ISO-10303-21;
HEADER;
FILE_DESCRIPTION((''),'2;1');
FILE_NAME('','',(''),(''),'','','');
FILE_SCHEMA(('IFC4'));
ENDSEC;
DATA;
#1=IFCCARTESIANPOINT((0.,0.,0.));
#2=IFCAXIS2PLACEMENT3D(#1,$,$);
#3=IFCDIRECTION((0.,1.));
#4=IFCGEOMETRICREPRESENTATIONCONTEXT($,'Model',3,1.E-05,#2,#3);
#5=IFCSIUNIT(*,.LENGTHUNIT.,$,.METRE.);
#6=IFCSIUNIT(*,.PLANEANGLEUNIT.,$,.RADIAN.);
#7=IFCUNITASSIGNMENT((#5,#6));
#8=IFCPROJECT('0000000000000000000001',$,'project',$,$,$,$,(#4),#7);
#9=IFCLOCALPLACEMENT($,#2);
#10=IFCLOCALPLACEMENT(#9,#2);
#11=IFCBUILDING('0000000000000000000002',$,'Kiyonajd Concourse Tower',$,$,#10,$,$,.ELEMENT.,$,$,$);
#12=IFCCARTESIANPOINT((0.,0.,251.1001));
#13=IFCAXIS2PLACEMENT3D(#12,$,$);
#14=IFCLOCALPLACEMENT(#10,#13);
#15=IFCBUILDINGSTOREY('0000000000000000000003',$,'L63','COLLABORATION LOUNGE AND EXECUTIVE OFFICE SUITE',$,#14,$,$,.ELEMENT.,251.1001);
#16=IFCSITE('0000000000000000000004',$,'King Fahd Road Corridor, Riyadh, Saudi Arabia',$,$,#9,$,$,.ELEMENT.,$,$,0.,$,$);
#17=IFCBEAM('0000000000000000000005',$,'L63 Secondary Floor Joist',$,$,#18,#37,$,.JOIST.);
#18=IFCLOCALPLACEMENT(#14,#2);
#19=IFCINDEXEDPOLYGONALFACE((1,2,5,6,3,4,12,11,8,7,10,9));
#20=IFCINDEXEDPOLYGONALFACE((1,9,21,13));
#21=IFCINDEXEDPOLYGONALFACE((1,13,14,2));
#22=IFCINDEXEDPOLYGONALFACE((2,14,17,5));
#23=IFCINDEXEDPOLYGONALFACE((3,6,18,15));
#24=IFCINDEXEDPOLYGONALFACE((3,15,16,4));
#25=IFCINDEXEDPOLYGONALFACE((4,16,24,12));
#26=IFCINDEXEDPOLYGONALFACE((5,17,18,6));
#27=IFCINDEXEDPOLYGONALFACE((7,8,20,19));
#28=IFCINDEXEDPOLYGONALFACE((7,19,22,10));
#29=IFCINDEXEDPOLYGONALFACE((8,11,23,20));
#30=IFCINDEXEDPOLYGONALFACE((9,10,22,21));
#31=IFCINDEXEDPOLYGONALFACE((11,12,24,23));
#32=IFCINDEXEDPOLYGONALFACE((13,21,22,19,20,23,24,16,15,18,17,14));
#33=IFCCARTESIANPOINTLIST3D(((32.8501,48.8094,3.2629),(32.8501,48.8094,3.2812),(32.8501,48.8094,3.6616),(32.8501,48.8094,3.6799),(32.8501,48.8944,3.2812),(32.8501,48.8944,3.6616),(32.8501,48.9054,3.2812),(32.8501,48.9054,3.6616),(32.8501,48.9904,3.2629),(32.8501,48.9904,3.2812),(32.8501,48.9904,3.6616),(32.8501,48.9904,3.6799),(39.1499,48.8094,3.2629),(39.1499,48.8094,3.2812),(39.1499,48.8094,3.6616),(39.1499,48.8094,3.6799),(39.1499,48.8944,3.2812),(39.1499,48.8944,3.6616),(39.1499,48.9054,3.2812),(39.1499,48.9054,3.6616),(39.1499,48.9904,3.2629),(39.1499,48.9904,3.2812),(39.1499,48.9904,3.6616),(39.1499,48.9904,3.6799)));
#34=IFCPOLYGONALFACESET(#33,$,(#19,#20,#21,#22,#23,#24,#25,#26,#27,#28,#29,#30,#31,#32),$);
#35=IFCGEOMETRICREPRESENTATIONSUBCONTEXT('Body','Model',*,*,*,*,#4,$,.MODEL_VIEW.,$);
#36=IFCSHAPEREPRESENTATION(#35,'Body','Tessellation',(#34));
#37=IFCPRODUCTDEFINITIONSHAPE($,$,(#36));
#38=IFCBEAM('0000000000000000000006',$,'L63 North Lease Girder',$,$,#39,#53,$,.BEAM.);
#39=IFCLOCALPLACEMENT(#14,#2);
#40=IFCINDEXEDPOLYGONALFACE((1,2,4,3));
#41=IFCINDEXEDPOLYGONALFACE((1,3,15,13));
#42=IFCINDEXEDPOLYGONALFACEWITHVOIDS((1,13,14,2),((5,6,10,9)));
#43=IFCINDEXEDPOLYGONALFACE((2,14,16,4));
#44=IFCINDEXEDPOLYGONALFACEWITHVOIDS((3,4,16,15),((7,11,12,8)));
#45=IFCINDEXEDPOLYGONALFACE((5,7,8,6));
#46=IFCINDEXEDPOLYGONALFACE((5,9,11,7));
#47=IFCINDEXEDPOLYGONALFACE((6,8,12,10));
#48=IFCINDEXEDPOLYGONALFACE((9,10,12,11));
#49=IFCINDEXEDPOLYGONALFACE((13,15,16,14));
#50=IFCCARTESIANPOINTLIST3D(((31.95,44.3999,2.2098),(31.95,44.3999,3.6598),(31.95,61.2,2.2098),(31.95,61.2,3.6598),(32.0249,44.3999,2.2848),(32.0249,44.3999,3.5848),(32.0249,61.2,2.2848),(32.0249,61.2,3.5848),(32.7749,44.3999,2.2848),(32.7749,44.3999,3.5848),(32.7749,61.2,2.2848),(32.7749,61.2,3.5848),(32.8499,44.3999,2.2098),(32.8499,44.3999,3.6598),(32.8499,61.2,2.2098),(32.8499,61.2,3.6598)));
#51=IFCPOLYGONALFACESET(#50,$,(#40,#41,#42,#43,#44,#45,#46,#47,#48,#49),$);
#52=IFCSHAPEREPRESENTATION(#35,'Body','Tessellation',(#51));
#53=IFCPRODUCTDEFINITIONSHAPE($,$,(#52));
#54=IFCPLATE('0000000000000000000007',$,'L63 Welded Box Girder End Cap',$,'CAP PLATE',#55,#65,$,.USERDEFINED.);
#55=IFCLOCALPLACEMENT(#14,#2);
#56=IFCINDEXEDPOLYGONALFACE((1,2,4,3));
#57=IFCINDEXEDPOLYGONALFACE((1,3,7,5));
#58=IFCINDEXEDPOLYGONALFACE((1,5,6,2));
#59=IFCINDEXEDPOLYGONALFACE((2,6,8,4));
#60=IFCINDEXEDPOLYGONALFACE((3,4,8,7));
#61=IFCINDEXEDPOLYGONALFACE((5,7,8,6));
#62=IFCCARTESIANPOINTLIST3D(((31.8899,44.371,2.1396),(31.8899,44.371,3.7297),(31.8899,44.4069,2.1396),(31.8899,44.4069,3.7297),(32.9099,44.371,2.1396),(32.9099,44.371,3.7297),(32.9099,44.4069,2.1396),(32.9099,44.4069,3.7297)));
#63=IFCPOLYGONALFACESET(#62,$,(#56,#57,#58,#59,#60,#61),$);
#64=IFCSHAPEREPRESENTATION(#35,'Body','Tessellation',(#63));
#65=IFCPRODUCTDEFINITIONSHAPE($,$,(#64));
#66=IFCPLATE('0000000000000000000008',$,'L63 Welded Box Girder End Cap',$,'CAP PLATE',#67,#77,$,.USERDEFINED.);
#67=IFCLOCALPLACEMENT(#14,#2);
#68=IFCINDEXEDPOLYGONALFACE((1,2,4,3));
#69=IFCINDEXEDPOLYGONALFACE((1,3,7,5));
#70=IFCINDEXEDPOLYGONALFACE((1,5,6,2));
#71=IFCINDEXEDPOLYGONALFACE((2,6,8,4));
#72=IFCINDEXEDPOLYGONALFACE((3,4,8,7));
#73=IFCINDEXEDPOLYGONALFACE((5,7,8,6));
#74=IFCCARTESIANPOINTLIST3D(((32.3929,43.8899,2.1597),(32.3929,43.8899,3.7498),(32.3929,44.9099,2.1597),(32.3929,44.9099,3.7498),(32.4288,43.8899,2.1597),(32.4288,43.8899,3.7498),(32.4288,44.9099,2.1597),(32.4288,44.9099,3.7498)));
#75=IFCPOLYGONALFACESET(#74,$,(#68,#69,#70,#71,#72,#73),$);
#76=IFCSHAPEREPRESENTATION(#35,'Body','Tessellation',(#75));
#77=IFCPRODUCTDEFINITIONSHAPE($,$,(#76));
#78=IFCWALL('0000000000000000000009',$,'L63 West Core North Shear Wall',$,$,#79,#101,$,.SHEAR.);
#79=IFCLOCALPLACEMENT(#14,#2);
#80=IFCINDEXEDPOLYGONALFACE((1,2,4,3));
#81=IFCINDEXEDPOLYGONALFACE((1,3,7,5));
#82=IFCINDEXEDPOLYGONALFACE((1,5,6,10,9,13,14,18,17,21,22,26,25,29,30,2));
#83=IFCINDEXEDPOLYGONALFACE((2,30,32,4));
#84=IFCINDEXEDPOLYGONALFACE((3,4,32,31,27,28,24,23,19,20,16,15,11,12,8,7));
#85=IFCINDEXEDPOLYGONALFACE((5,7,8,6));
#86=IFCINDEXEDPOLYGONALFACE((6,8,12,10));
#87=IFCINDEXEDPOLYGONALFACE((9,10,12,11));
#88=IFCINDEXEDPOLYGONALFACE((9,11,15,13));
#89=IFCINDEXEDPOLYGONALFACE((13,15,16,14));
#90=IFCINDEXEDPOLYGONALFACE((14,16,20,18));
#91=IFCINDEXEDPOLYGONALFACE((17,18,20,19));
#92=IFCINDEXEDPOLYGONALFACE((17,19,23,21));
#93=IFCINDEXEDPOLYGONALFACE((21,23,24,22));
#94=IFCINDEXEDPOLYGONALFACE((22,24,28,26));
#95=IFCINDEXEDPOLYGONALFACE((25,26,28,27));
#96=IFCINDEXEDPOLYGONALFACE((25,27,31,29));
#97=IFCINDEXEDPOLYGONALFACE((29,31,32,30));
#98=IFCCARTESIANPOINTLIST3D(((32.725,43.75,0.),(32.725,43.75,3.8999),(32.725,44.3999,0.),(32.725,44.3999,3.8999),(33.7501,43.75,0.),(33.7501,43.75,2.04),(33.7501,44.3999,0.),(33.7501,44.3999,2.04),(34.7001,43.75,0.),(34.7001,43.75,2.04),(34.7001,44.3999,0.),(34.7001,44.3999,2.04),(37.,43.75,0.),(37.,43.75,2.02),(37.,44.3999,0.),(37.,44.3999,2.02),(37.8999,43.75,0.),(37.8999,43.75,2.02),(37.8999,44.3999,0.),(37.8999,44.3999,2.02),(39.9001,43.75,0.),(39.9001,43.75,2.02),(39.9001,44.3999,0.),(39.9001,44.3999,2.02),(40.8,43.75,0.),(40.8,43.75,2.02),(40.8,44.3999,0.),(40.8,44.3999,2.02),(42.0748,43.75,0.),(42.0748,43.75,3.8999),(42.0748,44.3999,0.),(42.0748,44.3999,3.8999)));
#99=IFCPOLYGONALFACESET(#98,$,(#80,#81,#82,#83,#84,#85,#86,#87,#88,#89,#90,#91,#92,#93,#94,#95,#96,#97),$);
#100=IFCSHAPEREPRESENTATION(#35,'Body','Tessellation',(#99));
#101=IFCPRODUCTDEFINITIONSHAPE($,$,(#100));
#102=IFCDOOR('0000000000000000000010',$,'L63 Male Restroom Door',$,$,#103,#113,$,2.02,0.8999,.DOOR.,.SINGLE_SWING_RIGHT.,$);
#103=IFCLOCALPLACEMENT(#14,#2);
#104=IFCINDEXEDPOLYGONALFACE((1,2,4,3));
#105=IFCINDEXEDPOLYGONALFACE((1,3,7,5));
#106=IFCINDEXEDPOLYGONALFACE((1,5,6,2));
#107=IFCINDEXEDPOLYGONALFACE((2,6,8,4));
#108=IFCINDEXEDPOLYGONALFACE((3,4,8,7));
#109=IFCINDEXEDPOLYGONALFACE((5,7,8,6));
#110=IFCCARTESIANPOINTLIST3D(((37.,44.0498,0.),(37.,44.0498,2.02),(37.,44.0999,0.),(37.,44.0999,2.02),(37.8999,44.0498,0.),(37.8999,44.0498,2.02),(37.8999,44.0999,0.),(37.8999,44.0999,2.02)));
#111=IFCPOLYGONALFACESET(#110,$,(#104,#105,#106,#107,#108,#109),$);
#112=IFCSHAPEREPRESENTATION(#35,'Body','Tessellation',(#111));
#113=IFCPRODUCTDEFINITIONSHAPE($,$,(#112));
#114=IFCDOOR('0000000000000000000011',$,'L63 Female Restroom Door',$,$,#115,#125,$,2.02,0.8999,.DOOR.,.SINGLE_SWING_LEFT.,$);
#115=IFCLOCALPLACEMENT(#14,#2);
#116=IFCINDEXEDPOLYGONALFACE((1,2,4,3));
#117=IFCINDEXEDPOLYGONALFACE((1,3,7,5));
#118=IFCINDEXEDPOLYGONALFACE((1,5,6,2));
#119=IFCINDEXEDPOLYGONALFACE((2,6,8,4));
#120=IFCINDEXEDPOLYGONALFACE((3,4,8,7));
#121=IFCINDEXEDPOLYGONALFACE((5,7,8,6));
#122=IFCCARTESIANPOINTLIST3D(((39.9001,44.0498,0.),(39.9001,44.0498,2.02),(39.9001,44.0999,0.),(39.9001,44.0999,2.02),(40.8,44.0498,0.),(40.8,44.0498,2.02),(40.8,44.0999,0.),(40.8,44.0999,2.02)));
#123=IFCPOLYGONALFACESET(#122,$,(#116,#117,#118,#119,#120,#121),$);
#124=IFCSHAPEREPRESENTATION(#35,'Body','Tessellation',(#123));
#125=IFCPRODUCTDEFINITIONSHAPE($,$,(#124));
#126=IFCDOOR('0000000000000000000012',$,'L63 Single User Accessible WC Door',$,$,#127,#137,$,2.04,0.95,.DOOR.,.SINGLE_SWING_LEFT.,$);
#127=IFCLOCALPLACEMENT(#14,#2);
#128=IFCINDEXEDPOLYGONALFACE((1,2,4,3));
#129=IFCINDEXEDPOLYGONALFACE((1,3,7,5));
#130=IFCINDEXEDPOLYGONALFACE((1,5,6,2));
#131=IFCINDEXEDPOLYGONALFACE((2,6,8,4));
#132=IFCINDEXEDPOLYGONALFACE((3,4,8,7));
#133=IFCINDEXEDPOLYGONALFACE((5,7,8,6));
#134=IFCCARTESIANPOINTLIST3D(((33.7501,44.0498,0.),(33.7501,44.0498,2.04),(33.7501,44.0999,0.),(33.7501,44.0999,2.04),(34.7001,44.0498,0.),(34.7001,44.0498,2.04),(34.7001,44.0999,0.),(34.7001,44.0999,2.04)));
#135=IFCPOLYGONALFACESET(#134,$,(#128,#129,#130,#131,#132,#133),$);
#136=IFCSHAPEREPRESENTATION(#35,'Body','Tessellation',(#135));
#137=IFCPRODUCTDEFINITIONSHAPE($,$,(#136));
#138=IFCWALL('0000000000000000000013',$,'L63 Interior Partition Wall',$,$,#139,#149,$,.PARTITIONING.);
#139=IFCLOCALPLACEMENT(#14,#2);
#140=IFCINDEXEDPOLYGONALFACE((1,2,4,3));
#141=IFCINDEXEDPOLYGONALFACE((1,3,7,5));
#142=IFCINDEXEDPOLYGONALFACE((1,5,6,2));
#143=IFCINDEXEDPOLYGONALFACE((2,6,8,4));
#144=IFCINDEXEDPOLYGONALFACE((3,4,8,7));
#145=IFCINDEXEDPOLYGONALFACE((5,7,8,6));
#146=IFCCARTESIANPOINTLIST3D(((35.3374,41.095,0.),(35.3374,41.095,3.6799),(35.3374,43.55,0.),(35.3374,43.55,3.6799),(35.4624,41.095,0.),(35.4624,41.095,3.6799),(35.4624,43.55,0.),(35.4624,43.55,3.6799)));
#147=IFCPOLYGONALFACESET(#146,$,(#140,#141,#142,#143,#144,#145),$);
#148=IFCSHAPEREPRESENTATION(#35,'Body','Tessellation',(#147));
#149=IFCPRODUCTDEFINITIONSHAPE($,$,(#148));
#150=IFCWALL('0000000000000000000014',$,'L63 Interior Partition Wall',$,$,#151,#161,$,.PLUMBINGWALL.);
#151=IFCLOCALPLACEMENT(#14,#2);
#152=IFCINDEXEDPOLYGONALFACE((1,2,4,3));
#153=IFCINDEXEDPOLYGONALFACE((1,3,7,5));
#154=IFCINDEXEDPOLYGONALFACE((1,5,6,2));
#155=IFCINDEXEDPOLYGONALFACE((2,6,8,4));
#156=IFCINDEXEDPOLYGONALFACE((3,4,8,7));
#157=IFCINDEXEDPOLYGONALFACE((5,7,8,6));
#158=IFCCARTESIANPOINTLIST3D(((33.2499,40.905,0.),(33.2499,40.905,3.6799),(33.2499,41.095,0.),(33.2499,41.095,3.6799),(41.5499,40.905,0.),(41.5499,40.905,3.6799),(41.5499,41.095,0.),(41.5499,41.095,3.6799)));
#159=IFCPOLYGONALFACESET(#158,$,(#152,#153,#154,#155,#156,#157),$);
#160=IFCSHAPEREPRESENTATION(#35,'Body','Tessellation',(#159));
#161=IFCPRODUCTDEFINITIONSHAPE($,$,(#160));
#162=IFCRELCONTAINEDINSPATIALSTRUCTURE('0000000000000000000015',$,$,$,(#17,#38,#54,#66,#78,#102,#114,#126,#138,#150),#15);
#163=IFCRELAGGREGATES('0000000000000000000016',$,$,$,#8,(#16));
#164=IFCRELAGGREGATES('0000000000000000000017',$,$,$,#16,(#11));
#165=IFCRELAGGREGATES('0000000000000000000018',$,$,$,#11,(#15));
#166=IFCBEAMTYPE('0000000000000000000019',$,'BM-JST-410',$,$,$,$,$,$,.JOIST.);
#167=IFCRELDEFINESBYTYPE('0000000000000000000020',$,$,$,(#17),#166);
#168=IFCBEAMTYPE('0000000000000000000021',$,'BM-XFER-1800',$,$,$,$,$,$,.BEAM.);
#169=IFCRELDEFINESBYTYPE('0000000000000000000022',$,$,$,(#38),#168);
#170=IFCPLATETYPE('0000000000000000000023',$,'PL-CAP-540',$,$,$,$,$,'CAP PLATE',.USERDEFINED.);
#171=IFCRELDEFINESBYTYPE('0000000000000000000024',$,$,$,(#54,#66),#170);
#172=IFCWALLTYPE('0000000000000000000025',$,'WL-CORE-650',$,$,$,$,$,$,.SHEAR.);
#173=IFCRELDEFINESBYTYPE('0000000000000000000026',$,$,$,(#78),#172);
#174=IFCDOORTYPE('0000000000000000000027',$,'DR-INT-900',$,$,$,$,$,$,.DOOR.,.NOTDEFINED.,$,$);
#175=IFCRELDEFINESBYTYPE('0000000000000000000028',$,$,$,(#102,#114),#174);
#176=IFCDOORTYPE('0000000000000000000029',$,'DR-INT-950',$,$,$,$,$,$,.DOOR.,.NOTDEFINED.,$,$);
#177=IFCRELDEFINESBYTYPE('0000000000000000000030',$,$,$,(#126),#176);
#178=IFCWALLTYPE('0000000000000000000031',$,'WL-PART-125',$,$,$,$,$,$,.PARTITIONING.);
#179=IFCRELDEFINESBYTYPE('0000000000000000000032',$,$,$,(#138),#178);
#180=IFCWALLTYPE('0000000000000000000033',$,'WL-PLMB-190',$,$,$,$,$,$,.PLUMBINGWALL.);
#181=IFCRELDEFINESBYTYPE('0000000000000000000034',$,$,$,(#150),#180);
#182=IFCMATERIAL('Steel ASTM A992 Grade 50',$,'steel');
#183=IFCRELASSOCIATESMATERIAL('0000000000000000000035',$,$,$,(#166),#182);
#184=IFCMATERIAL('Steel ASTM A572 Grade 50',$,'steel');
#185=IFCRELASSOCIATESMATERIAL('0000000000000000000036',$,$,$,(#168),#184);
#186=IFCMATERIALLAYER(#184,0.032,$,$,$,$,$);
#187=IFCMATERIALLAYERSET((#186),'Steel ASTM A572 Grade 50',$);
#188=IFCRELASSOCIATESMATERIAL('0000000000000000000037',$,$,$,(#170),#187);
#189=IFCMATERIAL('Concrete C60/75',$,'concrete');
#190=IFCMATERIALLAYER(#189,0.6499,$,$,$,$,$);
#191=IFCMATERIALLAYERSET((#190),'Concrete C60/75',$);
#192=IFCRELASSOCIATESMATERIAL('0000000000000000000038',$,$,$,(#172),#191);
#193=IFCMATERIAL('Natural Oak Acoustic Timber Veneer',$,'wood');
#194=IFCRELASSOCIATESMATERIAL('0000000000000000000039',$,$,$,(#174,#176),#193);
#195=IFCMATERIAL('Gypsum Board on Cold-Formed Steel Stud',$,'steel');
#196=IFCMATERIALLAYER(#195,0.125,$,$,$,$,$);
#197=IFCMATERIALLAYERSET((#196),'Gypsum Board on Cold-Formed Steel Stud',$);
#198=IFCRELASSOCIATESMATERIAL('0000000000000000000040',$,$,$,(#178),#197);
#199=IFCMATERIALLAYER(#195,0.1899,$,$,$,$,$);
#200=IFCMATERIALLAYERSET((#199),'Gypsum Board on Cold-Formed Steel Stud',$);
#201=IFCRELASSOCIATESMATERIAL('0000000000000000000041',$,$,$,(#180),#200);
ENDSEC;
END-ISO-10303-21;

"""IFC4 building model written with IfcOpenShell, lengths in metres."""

from ifc_helpers import new_model, si_unit, direction, frame, frame_2d, origin, origin_2d, place, context, subcontext, project, spatial, rectangle, hollow_rectangle, i_section, extrude, material, layer, layer_set, material_profile, profile_set, type_object, element, fill, save


model = new_model("IFC4")

# Units and contexts
model_context = context("Model", 3, precision=1e-05, world=origin(), true_north=direction((0.0, 1.0)))
body_context = subcontext(model_context, "Body", "Model", "MODEL_VIEW")
ifc_project = project(units=[si_unit("LENGTHUNIT", "METRE"), si_unit("PLANEANGLEUNIT", "RADIAN")], contexts=[model_context])

# Site, building, storey
site_placement = place(None, origin())
site = spatial("IfcSite", under=ifc_project, at=site_placement, Name="King Fahd Road Corridor, Riyadh, Saudi Arabia", CompositionType="ELEMENT", RefElevation=0.0)
building_placement = place(site_placement, origin())
building = spatial("IfcBuilding", under=site, at=building_placement, Name="Kiyonajd Concourse Tower", CompositionType="ELEMENT")
storey_placement = place(building_placement, frame((0.0, 0.0, 251.1001)))
storey = spatial("IfcBuildingStorey", under=building, at=storey_placement, Name="L63", Description="COLLABORATION LOUNGE AND EXECUTIVE OFFICE SUITE", CompositionType="ELEMENT", Elevation=251.1001)

# Beams
ifc_material_1 = material(Name="Steel ASTM A992 Grade 50", Category="steel")
ifc_material_profile_1 = material_profile(ifc_material_1, i_section(OverallWidth=0.1809, OverallDepth=0.417, WebThickness=0.011, FlangeThickness=0.0183, at=origin_2d()), Name="W410X85")
ifc_profile_set_1 = profile_set([ifc_material_profile_1], Name="Steel ASTM A992 Grade 50")
beam_type_1 = type_object("IfcBeamType", Name="BM-JST-410", PredefinedType="JOIST", material=ifc_profile_set_1)
beam_1_placement = place(storey_placement, frame((32.8501, 48.8999, 3.4714), z_axis=(1.0, 0.0, 0.0), x_axis=(0.0, 1.0, 0.0)))
element("IfcBeam", 1, at=beam_1_placement, inside=storey, type_object=beam_type_1, Name="L63 Secondary Floor Joist", PredefinedType="JOIST", context=body_context, shape_type="SweptSolid", body=[
    extrude(i_section(OverallWidth=0.1809, OverallDepth=0.417, WebThickness=0.011, FlangeThickness=0.0183, at=origin_2d()), origin(), (0.0, 0.0, 1.0), 6.2998),
])
ifc_material_2 = material(Name="Steel ASTM A572 Grade 50", Category="steel")
ifc_material_profile_2 = material_profile(ifc_material_2, hollow_rectangle(XDim=0.8999, YDim=1.45, WallThickness=0.075, at=origin_2d()), Name="BOX-1450x900x75")
ifc_profile_set_2 = profile_set([ifc_material_profile_2], Name="Steel ASTM A572 Grade 50")
beam_type_2 = type_object("IfcBeamType", Name="BM-XFER-1800", PredefinedType="BEAM", material=ifc_profile_set_2)
beam_2_placement = place(storey_placement, frame((32.3999, 44.3999, 2.9348), z_axis=(0.0, 1.0, 0.0), x_axis=(-1.0, 0.0, 0.0)))
element("IfcBeam", 2, at=beam_2_placement, inside=storey, type_object=beam_type_2, Name="L63 North Lease Girder", PredefinedType="BEAM", context=body_context, shape_type="SweptSolid", body=[
    extrude(hollow_rectangle(XDim=0.8999, YDim=1.45, WallThickness=0.075, at=origin_2d()), origin(), (0.0, 0.0, 1.0), 16.8),
])

# Plates
ifc_layer_1 = layer(ifc_material_2, 0.032)
ifc_layer_set_1 = layer_set([ifc_layer_1], Name="Steel ASTM A572 Grade 50")
plate_type = type_object("IfcPlateType", Name="PL-CAP-540", ElementType="CAP PLATE", PredefinedType="USERDEFINED", material=ifc_layer_set_1)
for number, where, z_axis, x_axis, name in (
    (3, (32.3999, 44.3889, 2.1396), (0.0, 0.0, 1.0), (0.0, -1.0, 0.0), "L63 Welded Box Girder End Cap"),
    (4, (32.4109, 44.3999, 2.1597), (0.0, 0.0, 1.0), (1.0, 0.0, 0.0), "L63 Welded Box Girder End Cap"),
):
    element("IfcPlate", number, at=place(storey_placement, frame(where, z_axis=z_axis, x_axis=x_axis)), inside=storey, type_object=plate_type, Name=name, ObjectType="CAP PLATE", PredefinedType="USERDEFINED", context=body_context, shape_type="SweptSolid", body=[
        extrude(rectangle(XDim=0.0359, YDim=1.02, at=origin_2d()), origin(), (0.0, 0.0, 1.0), 1.5901),
    ])

# Wall, openings, doors
ifc_material_3 = material(Name="Concrete C60/75", Category="concrete")
ifc_layer_2 = layer(ifc_material_3, 0.6499)
ifc_layer_set_2 = layer_set([ifc_layer_2], Name="Concrete C60/75")
wall_type_1 = type_object("IfcWallType", Name="WL-CORE-650", PredefinedType="SHEAR", material=ifc_layer_set_2)
wall_1_placement = place(storey_placement, frame((32.7251, 44.075, 0.0), z_axis=(0.0, 0.0, 1.0), x_axis=(1.0, 0.0, 0.0)))
wall_1 = element("IfcWall", 5, at=wall_1_placement, inside=storey, type_object=wall_type_1, Name="L63 West Core North Shear Wall", PredefinedType="SHEAR", context=body_context, shape_type="SweptSolid", body=[
    extrude(rectangle(XDim=9.3499, YDim=0.6499, at=frame_2d((4.6748, 0.0))), origin(), (0.0, 0.0, 1.0), 3.8999),
])
opening_1_placement = place(wall_1_placement, frame((1.0249, 0.0, 0.0)))
opening_1 = element("IfcOpeningElement", 6, at=opening_1_placement, cuts=wall_1, PredefinedType="OPENING", context=body_context, shape_type="SweptSolid", body=[
    extrude(rectangle(XDim=0.95, YDim=2.04, at=frame_2d((0.4751, 1.02))), frame((0.0, 0.335, 0.0), z_axis=(0.0, -1.0, 0.0), x_axis=(1.0, 0.0, 0.0)), (0.0, 0.0, 1.0), 0.6699),
])
opening_2_placement = place(wall_1_placement, frame((4.2749, 0.0, 0.0)))
opening_2 = element("IfcOpeningElement", 7, at=opening_2_placement, cuts=wall_1, PredefinedType="OPENING", context=body_context, shape_type="SweptSolid", body=[
    extrude(rectangle(XDim=0.8999, YDim=2.02, at=frame_2d((0.45, 1.01))), frame((0.0, 0.335, 0.0), z_axis=(0.0, -1.0, 0.0), x_axis=(1.0, 0.0, 0.0)), (0.0, 0.0, 1.0), 0.6699),
])
opening_3_placement = place(wall_1_placement, frame((7.175, 0.0, 0.0)))
opening_3 = element("IfcOpeningElement", 8, at=opening_3_placement, cuts=wall_1, PredefinedType="OPENING", context=body_context, shape_type="SweptSolid", body=[
    extrude(rectangle(XDim=0.8999, YDim=2.02, at=frame_2d((0.45, 1.01))), frame((0.0, 0.335, 0.0), z_axis=(0.0, -1.0, 0.0), x_axis=(1.0, 0.0, 0.0)), (0.0, 0.0, 1.0), 0.6699),
])
ifc_material_4 = material(Name="Natural Oak Acoustic Timber Veneer", Category="wood")
door_type_1 = type_object("IfcDoorType", Name="DR-INT-900", OperationType="NOTDEFINED", PredefinedType="DOOR", material=ifc_material_4)
door_1_placement = place(opening_2_placement, origin())
door_1 = element("IfcDoor", 9, at=door_1_placement, inside=storey, type_object=door_type_1, Name="L63 Male Restroom Door", OperationType="SINGLE_SWING_RIGHT", OverallHeight=2.02, OverallWidth=0.8999, PredefinedType="DOOR", context=body_context, shape_type="SweptSolid", body=[
    extrude(rectangle(XDim=0.8999, YDim=2.02, at=frame_2d((0.45, 1.01))), frame((0.0, 0.0249, 0.0), z_axis=(0.0, -1.0, 0.0), x_axis=(1.0, 0.0, 0.0)), (0.0, 0.0, 1.0), 0.05),
])
fill(opening_2, door_1)
door_2_placement = place(opening_3_placement, origin())
door_2 = element("IfcDoor", 10, at=door_2_placement, inside=storey, type_object=door_type_1, Name="L63 Female Restroom Door", OperationType="SINGLE_SWING_LEFT", OverallHeight=2.02, OverallWidth=0.8999, PredefinedType="DOOR", context=body_context, shape_type="SweptSolid", body=[
    extrude(rectangle(XDim=0.8999, YDim=2.02, at=frame_2d((0.45, 1.01))), frame((0.0, 0.0249, 0.0), z_axis=(0.0, -1.0, 0.0), x_axis=(1.0, 0.0, 0.0)), (0.0, 0.0, 1.0), 0.05),
])
fill(opening_3, door_2)
door_type_2 = type_object("IfcDoorType", Name="DR-INT-950", OperationType="NOTDEFINED", PredefinedType="DOOR", material=ifc_material_4)
door_3_placement = place(opening_1_placement, origin())
door_3 = element("IfcDoor", 11, at=door_3_placement, inside=storey, type_object=door_type_2, Name="L63 Single User Accessible WC Door", OperationType="SINGLE_SWING_LEFT", OverallHeight=2.04, OverallWidth=0.95, PredefinedType="DOOR", context=body_context, shape_type="SweptSolid", body=[
    extrude(rectangle(XDim=0.95, YDim=2.04, at=frame_2d((0.4751, 1.02))), frame((0.0, 0.0249, 0.0), z_axis=(0.0, -1.0, 0.0), x_axis=(1.0, 0.0, 0.0)), (0.0, 0.0, 1.0), 0.05),
])
fill(opening_1, door_3)

# Walls
ifc_material_5 = material(Name="Gypsum Board on Cold-Formed Steel Stud", Category="steel")
ifc_layer_3 = layer(ifc_material_5, 0.125)
ifc_layer_set_3 = layer_set([ifc_layer_3], Name="Gypsum Board on Cold-Formed Steel Stud")
wall_type_2 = type_object("IfcWallType", Name="WL-PART-125", PredefinedType="PARTITIONING", material=ifc_layer_set_3)
wall_2_placement = place(storey_placement, frame((35.3999, 41.095, 0.0), z_axis=(0.0, 0.0, 1.0), x_axis=(0.0, 1.0, 0.0)))
element("IfcWall", 12, at=wall_2_placement, inside=storey, type_object=wall_type_2, Name="L63 Interior Partition Wall", PredefinedType="PARTITIONING", context=body_context, shape_type="SweptSolid", body=[
    extrude(rectangle(XDim=2.4551, YDim=0.125, at=frame_2d((1.2275, 0.0))), origin(), (0.0, 0.0, 1.0), 3.6799),
])
ifc_layer_4 = layer(ifc_material_5, 0.1899)
ifc_layer_set_4 = layer_set([ifc_layer_4], Name="Gypsum Board on Cold-Formed Steel Stud")
wall_type_3 = type_object("IfcWallType", Name="WL-PLMB-190", PredefinedType="PLUMBINGWALL", material=ifc_layer_set_4)
wall_3_placement = place(storey_placement, frame((33.25, 41.0, 0.0), z_axis=(0.0, 0.0, 1.0), x_axis=(1.0, 0.0, 0.0)))
element("IfcWall", 13, at=wall_3_placement, inside=storey, type_object=wall_type_3, Name="L63 Interior Partition Wall", PredefinedType="PLUMBINGWALL", context=body_context, shape_type="SweptSolid", body=[
    extrude(rectangle(XDim=8.3, YDim=0.1899, at=frame_2d((4.1499, 0.0))), origin(), (0.0, 0.0, 1.0), 3.6799),
])

save(model, "model.ifc")
